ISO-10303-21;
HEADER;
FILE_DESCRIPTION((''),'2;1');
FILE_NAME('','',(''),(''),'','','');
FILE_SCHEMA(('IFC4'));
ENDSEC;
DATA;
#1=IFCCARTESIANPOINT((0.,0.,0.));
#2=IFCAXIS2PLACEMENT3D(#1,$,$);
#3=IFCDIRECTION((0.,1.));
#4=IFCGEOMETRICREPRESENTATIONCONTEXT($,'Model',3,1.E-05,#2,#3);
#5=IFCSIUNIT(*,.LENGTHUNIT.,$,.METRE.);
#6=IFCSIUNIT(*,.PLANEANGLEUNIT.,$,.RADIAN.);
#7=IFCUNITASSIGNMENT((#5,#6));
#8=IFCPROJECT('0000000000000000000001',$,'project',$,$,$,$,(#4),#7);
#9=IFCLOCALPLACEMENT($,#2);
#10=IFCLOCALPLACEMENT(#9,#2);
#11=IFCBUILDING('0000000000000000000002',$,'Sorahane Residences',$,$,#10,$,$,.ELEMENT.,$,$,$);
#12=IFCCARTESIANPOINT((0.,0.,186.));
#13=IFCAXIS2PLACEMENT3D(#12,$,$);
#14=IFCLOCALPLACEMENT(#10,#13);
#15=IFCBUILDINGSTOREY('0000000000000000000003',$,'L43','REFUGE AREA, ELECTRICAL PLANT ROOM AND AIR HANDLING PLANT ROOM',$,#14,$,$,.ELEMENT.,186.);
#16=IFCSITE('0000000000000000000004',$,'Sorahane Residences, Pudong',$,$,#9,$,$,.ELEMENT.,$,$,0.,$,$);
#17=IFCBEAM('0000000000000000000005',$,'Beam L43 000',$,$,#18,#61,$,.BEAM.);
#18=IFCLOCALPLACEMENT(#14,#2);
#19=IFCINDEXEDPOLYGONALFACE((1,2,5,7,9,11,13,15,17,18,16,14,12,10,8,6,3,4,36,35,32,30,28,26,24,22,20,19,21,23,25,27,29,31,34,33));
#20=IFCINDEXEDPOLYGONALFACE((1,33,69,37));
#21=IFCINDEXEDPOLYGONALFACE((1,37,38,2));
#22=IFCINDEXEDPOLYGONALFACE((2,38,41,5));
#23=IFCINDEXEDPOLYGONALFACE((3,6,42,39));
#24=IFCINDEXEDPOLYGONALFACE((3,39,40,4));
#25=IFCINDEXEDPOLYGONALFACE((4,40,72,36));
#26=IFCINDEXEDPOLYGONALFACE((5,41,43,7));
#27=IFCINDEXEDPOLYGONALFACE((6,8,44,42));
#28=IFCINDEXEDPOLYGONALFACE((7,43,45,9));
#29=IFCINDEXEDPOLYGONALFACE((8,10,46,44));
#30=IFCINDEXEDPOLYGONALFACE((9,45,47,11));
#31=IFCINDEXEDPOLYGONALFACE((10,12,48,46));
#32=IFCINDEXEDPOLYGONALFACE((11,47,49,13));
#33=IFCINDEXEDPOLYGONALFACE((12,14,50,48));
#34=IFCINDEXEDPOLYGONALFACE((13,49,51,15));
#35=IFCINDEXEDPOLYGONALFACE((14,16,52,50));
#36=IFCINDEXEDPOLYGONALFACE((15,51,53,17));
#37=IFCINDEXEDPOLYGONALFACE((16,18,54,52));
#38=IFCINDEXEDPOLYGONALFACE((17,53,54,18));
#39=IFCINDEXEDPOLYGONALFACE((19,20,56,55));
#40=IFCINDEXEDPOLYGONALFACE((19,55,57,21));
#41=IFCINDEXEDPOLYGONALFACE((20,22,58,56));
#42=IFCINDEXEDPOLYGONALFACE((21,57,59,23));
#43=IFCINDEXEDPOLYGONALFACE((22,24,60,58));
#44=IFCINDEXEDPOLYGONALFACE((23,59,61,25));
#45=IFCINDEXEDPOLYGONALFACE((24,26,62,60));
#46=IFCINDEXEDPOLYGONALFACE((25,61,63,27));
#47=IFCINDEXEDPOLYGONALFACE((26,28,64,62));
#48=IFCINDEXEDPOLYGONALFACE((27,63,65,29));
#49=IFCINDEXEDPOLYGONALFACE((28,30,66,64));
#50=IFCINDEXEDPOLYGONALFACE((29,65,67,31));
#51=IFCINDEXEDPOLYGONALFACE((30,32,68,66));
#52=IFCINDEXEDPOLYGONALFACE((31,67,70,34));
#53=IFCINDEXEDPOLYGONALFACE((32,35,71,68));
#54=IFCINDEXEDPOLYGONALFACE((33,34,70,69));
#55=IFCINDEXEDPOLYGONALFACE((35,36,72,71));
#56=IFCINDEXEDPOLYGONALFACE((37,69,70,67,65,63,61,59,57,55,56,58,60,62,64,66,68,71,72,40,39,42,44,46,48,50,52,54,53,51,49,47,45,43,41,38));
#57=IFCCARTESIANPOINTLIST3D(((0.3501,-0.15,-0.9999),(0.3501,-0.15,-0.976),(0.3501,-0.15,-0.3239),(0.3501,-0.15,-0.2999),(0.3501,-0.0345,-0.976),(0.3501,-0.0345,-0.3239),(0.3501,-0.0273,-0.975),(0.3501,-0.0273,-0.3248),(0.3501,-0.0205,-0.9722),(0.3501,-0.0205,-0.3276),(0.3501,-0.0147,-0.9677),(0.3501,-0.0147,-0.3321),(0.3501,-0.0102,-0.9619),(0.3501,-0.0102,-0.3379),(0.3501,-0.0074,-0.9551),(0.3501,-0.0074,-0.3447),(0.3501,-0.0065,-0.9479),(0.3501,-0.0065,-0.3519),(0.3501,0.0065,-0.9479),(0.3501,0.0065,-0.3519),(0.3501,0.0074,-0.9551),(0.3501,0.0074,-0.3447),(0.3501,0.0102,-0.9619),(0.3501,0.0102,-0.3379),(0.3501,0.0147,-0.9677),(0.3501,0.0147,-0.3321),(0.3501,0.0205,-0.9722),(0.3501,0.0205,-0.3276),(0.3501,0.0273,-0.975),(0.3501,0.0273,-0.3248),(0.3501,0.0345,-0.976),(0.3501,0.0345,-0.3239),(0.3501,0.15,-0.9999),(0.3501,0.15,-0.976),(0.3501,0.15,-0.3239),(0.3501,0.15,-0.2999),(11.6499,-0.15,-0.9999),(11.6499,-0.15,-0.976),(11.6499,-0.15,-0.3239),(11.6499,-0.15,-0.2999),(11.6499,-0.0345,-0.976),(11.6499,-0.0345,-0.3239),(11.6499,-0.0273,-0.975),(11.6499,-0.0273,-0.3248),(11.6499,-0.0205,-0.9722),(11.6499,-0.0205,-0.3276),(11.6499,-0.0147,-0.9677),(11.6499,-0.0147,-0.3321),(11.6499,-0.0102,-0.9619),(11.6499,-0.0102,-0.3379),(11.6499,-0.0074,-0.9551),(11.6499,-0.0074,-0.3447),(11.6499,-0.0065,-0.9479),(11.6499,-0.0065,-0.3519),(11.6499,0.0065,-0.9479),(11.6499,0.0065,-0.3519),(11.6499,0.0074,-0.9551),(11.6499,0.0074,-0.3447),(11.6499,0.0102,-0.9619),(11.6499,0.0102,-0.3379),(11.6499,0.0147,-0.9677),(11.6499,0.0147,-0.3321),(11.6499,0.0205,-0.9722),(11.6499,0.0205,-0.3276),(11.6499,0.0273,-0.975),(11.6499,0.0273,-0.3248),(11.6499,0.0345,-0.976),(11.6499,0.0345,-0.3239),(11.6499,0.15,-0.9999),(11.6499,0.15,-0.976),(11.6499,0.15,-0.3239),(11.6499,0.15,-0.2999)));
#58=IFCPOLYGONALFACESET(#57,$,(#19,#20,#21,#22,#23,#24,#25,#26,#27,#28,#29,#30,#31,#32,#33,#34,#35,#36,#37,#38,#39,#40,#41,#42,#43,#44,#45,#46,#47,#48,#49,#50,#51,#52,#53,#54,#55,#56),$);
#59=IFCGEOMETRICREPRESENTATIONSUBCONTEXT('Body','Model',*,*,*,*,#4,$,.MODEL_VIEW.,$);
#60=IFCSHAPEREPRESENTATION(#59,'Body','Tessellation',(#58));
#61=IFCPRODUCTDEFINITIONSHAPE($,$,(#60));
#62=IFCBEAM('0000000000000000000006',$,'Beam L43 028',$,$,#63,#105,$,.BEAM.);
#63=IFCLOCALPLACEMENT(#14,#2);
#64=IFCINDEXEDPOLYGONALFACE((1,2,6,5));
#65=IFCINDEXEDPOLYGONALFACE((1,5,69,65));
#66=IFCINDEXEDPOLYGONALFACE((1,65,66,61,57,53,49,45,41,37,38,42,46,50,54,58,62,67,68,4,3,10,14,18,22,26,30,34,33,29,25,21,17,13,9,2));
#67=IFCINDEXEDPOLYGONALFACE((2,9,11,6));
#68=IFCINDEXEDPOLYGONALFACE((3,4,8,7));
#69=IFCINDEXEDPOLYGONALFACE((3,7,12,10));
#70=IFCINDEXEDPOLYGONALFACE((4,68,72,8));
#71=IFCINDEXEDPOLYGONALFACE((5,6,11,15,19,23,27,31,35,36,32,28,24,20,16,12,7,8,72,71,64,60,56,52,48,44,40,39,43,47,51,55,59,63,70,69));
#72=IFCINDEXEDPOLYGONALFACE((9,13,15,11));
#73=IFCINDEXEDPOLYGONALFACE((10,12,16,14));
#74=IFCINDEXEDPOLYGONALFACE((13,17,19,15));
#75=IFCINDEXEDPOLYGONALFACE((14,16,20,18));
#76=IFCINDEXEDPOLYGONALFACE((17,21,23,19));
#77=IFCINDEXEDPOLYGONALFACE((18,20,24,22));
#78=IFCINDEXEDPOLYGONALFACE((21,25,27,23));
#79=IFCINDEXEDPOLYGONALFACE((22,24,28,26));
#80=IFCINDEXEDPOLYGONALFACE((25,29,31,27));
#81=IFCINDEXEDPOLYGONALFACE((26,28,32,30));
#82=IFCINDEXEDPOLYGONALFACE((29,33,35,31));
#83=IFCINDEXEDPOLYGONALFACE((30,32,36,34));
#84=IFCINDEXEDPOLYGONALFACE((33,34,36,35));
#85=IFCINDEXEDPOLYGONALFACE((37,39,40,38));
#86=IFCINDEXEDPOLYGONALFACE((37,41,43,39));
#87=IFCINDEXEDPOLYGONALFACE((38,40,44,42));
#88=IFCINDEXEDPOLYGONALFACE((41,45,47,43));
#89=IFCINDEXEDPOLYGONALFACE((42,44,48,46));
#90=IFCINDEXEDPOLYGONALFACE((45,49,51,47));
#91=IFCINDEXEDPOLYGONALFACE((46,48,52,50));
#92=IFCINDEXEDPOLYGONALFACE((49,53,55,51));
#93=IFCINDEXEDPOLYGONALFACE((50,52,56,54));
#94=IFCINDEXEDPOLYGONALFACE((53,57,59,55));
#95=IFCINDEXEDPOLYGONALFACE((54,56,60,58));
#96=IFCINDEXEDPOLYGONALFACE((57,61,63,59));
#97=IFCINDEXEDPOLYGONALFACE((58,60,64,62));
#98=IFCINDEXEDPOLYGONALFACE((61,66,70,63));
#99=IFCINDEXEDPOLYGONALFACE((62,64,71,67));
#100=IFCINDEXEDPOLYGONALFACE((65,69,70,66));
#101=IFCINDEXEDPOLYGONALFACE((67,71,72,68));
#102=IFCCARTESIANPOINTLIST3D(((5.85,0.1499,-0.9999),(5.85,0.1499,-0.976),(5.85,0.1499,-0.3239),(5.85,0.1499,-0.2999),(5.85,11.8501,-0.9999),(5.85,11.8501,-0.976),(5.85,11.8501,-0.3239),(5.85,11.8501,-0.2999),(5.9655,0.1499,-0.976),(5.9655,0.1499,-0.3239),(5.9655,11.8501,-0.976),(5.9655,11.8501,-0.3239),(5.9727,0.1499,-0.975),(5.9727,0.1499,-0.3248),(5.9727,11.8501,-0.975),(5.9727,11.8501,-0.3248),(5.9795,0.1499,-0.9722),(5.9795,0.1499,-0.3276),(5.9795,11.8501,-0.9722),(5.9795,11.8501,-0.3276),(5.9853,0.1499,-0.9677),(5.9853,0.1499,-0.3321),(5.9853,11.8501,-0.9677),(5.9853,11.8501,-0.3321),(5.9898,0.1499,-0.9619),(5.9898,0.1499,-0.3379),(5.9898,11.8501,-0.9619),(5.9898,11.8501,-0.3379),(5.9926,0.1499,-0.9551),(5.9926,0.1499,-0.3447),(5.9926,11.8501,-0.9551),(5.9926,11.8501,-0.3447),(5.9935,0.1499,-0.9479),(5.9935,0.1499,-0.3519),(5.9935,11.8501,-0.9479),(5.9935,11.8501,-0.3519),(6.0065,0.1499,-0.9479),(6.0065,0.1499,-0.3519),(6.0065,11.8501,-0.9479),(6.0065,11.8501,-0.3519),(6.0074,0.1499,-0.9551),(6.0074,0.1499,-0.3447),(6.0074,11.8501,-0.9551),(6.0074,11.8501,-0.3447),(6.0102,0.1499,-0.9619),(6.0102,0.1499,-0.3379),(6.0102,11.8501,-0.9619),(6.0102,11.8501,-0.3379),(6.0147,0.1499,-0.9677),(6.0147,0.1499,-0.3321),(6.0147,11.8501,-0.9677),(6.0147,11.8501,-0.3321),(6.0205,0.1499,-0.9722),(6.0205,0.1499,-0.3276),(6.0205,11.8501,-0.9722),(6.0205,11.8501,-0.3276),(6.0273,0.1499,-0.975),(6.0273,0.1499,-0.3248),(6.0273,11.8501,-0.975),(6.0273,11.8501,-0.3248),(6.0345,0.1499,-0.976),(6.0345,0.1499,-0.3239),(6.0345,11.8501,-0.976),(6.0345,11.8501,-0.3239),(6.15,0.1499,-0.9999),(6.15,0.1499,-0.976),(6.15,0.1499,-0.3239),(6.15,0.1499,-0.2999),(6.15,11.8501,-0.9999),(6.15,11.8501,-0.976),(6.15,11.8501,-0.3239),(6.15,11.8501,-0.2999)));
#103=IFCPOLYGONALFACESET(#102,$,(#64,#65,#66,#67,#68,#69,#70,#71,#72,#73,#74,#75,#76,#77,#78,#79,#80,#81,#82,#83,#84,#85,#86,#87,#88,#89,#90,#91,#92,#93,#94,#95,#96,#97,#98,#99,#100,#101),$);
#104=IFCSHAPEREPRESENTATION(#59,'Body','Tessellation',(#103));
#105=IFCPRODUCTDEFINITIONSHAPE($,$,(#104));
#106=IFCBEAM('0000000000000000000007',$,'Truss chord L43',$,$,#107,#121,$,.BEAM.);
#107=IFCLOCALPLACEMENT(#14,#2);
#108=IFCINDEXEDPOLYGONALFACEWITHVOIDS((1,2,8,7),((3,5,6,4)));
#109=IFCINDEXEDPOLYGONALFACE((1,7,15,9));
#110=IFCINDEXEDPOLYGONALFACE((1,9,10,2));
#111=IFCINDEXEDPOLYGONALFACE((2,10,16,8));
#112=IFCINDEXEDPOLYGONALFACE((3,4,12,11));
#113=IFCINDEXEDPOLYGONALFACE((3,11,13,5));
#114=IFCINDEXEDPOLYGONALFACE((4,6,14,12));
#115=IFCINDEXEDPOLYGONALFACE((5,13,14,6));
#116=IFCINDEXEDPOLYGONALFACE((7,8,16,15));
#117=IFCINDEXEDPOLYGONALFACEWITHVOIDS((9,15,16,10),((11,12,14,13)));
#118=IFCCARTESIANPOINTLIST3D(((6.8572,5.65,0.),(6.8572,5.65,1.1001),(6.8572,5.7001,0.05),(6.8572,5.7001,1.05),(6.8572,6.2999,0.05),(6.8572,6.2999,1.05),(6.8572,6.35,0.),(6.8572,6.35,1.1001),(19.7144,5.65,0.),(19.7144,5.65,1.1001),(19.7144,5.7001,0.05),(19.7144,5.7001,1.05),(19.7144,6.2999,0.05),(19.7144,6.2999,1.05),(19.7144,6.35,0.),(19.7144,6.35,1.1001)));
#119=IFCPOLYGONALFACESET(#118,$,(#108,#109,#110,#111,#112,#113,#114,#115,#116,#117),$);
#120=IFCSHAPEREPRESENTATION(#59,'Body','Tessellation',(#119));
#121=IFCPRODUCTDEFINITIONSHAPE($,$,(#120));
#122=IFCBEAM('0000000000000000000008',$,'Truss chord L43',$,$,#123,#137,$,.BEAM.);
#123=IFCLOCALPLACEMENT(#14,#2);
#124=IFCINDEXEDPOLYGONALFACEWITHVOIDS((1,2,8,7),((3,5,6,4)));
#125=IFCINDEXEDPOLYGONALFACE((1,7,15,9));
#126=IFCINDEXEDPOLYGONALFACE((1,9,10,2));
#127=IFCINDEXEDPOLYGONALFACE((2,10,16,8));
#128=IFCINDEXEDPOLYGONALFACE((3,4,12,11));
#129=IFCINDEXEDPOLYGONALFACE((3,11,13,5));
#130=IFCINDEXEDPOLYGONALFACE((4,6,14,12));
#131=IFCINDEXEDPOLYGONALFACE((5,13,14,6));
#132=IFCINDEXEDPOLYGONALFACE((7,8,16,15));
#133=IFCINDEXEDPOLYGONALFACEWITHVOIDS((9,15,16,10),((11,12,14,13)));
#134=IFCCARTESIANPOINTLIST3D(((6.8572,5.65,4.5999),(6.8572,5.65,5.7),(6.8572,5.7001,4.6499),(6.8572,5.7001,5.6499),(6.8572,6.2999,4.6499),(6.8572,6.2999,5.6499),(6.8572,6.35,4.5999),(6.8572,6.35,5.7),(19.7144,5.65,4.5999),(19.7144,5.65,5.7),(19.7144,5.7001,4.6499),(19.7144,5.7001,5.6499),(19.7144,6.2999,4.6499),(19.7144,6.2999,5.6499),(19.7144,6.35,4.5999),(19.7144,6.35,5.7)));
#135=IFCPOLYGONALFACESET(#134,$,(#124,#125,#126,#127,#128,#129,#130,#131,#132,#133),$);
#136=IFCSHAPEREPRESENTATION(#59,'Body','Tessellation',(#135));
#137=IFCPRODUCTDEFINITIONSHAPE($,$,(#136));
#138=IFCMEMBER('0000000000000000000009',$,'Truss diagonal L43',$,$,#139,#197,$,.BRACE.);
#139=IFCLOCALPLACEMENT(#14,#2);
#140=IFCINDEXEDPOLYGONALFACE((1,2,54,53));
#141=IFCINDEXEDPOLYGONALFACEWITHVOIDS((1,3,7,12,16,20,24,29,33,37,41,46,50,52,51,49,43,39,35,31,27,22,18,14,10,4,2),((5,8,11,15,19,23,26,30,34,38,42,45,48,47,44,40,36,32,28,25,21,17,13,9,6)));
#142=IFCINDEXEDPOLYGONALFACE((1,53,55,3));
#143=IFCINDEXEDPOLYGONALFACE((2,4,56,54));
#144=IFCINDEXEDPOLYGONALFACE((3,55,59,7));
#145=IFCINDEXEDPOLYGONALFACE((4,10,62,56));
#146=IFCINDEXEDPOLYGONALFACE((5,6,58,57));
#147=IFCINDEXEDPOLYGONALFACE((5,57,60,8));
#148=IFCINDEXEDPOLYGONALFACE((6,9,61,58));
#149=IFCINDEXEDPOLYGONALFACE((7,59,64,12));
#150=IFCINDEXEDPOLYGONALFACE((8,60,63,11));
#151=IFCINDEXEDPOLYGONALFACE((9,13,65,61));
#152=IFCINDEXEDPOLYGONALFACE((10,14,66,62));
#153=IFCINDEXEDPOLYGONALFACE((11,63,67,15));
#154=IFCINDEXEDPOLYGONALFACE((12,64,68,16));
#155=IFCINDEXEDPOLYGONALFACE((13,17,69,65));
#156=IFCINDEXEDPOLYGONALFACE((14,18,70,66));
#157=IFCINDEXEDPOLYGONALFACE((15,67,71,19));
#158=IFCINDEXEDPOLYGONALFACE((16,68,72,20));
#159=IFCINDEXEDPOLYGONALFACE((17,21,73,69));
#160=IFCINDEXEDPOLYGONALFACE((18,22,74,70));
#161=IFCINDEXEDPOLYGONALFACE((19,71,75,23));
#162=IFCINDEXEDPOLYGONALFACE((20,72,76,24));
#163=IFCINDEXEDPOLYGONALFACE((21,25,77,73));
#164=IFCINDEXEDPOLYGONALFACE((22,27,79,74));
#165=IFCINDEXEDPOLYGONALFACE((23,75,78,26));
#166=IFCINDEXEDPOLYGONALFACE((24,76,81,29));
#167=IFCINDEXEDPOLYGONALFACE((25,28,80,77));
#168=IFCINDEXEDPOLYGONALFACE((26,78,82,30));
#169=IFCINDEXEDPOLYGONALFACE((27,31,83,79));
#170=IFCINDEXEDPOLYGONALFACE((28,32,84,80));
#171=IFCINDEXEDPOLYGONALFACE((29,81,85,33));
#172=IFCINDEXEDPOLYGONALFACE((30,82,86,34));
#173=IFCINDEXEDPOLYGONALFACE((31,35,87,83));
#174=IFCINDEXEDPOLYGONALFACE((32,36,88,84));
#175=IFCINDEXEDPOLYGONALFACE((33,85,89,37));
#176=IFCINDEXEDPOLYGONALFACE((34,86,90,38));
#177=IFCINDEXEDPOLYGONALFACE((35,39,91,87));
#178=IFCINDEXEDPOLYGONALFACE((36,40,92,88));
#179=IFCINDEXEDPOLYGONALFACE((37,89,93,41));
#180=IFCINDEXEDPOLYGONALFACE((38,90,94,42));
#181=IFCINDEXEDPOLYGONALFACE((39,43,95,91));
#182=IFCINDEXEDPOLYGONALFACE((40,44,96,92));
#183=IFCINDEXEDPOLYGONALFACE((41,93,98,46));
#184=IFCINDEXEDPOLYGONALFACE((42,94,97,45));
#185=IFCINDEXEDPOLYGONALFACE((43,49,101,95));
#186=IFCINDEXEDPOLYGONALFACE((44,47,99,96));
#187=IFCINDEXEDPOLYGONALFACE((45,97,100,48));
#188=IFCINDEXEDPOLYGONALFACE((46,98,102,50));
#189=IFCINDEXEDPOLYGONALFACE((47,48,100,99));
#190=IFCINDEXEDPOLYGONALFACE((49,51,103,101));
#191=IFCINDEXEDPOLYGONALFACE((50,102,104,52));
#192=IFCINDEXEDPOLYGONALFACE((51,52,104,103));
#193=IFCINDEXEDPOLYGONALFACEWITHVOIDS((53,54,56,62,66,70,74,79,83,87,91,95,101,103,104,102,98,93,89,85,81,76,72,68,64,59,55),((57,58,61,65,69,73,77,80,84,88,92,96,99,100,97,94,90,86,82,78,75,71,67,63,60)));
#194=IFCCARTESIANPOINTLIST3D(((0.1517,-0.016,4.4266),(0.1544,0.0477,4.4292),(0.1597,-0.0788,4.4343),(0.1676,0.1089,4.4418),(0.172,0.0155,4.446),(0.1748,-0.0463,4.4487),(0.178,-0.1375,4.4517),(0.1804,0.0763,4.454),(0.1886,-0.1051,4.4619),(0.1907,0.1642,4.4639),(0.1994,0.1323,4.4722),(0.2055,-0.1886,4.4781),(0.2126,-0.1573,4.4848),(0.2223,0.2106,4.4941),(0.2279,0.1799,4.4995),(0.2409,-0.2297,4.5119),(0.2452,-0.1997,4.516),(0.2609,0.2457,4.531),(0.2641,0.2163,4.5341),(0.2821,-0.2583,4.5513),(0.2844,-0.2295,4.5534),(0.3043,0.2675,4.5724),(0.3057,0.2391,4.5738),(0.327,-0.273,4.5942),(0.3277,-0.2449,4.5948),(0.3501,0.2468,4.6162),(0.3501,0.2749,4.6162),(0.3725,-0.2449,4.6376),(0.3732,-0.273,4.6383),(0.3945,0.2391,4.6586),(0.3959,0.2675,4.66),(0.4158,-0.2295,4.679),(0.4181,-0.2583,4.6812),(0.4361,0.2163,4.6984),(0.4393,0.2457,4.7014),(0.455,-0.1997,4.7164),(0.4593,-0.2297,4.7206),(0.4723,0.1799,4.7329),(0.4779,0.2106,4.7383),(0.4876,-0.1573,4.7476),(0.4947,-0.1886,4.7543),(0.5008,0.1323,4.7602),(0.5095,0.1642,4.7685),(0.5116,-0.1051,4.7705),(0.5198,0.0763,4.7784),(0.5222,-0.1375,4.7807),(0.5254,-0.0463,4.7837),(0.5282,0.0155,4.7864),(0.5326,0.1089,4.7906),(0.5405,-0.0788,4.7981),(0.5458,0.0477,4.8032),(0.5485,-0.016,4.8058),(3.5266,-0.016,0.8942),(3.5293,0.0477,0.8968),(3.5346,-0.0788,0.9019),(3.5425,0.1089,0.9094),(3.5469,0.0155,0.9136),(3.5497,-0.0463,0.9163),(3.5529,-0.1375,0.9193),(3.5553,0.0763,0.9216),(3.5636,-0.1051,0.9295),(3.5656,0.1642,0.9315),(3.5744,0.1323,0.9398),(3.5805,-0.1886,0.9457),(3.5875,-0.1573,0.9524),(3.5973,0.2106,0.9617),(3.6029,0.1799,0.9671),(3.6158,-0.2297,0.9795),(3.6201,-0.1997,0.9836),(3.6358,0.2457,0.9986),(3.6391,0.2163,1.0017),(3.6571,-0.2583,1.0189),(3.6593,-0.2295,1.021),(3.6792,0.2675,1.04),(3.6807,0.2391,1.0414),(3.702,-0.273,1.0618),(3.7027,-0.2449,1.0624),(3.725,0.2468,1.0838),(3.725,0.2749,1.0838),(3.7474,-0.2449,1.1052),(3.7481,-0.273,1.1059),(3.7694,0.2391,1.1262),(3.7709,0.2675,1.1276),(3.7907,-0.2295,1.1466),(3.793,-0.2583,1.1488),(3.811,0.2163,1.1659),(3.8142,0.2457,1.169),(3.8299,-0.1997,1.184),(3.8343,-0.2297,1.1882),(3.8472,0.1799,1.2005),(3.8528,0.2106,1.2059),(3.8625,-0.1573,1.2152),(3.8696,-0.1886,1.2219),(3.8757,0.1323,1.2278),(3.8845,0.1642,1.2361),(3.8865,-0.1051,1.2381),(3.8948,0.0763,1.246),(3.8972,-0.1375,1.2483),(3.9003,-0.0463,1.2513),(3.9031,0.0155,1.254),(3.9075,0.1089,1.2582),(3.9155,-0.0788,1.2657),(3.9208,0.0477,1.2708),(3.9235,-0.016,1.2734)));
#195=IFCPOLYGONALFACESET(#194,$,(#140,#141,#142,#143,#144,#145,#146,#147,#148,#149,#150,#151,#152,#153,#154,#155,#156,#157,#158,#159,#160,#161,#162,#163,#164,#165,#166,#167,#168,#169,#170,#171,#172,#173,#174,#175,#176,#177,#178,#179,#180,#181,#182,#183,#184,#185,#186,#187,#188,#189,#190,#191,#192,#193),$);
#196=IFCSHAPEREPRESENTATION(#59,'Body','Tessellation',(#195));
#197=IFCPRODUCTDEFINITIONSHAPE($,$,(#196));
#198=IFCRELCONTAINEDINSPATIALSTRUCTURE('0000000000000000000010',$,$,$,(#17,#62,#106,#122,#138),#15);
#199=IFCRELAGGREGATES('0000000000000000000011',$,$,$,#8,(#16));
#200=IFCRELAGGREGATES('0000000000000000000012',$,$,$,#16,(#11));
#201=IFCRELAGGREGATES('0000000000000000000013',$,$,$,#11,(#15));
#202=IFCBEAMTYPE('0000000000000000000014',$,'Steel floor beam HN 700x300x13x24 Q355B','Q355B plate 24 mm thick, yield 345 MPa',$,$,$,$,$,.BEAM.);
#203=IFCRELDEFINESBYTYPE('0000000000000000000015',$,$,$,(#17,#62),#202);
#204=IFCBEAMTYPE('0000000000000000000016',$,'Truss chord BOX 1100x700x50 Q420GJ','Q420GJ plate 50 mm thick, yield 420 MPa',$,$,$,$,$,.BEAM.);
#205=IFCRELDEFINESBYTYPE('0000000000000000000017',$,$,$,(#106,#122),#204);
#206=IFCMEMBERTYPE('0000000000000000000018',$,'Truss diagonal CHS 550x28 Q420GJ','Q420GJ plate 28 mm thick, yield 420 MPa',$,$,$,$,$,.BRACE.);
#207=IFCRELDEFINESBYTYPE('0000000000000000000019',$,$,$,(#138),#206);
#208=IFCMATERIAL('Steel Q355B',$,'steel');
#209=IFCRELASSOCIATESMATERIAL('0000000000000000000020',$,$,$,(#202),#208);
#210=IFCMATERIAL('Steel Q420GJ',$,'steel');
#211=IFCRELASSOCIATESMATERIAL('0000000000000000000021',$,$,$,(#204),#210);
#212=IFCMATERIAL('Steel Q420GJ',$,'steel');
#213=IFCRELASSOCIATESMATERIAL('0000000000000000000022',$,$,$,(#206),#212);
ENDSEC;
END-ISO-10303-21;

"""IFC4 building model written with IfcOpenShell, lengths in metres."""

from ifc_helpers import new_model, si_unit, direction, frame, origin, origin_2d, place, context, subcontext, project, spatial, hollow_rectangle, hollow_circle, i_section, extrude, material, material_profile, profile_set, type_object, element, save


model = new_model("IFC4")

# Units and contexts
model_context = context("Model", 3, precision=1e-05, world=origin(), true_north=direction((0.0, 1.0)))
body_context = subcontext(model_context, "Body", "Model", "MODEL_VIEW")
ifc_project = project(units=[si_unit("LENGTHUNIT", "METRE"), si_unit("PLANEANGLEUNIT", "RADIAN")], contexts=[model_context])

# Site, building, storey
site_placement = place(None, origin())
site = spatial("IfcSite", under=ifc_project, at=site_placement, Name="Sorahane Residences, Pudong", CompositionType="ELEMENT", RefElevation=0.0)
building_placement = place(site_placement, origin())
building = spatial("IfcBuilding", under=site, at=building_placement, Name="Sorahane Residences", CompositionType="ELEMENT")
storey_placement = place(building_placement, frame((0.0, 0.0, 186.0)))
storey = spatial("IfcBuildingStorey", under=building, at=storey_placement, Name="L43", Description="REFUGE AREA, ELECTRICAL PLANT ROOM AND AIR HANDLING PLANT ROOM", CompositionType="ELEMENT", Elevation=186.0)

# Beams
ifc_material_1 = material(Name="Steel Q355B", Category="steel")
ifc_material_profile_1 = material_profile(ifc_material_1, i_section(OverallWidth=0.3, OverallDepth=0.7, WebThickness=0.0129, FlangeThickness=0.0239, FilletRadius=0.0281, at=origin_2d()), Name="HN 700x300x13x24")
ifc_profile_set_1 = profile_set([ifc_material_profile_1], Name="Steel Q355B")
beam_type_1 = type_object("IfcBeamType", Name="Steel floor beam HN 700x300x13x24 Q355B", Description="Q355B plate 24 mm thick, yield 345 MPa", PredefinedType="BEAM", material=ifc_profile_set_1)
beam_1_placement = place(storey_placement, frame((0.3501, 0.0, -0.6499), z_axis=(1.0, 0.0, 0.0), x_axis=(0.0, 1.0, 0.0)))
element("IfcBeam", 1, at=beam_1_placement, inside=storey, type_object=beam_type_1, Name="Beam L43 000", PredefinedType="BEAM", context=body_context, shape_type="SweptSolid", body=[
    extrude(i_section(OverallWidth=0.3, OverallDepth=0.7, WebThickness=0.0129, FlangeThickness=0.0239, FilletRadius=0.0281, at=origin_2d()), origin(), (0.0, 0.0, 1.0), 11.2998),
])
beam_2_placement = place(storey_placement, frame((6.0, 0.1499, -0.6499), z_axis=(0.0, 1.0, 0.0), x_axis=(-1.0, 0.0, 0.0)))
element("IfcBeam", 2, at=beam_2_placement, inside=storey, type_object=beam_type_1, Name="Beam L43 028", PredefinedType="BEAM", context=body_context, shape_type="SweptSolid", body=[
    extrude(i_section(OverallWidth=0.3, OverallDepth=0.7, WebThickness=0.0129, FlangeThickness=0.0239, FilletRadius=0.0281, at=origin_2d()), origin(), (0.0, 0.0, 1.0), 11.7002),
])
ifc_material_2 = material(Name="Steel Q420GJ", Category="steel")
ifc_material_profile_2 = material_profile(ifc_material_2, hollow_rectangle(XDim=0.7, YDim=1.1001, WallThickness=0.05, at=origin_2d()), Name="BOX 1100x700x50")
ifc_profile_set_2 = profile_set([ifc_material_profile_2], Name="Steel Q420GJ")
beam_type_2 = type_object("IfcBeamType", Name="Truss chord BOX 1100x700x50 Q420GJ", Description="Q420GJ plate 50 mm thick, yield 420 MPa", PredefinedType="BEAM", material=ifc_profile_set_2)
for number, where, z_axis, x_axis, name in (
    (3, (6.8572, 6.0, 0.55), (1.0, 0.0, 0.0), (0.0, 1.0, 0.0), "Truss chord L43"),
    (4, (6.8572, 6.0, 5.1499), (1.0, 0.0, 0.0), (0.0, 1.0, 0.0), "Truss chord L43"),
):
    element("IfcBeam", number, at=place(storey_placement, frame(where, z_axis=z_axis, x_axis=x_axis)), inside=storey, type_object=beam_type_2, Name=name, PredefinedType="BEAM", context=body_context, shape_type="SweptSolid", body=[
        extrude(hollow_rectangle(XDim=0.7, YDim=1.1001, WallThickness=0.05, at=origin_2d()), origin(), (0.0, 0.0, 1.0), 12.8572),
    ])

# Member
ifc_material_3 = material(Name="Steel Q420GJ", Category="steel")
ifc_material_profile_3 = material_profile(ifc_material_3, hollow_circle(Radius=0.2749, WallThickness=0.0281, at=origin_2d()), Name="CHS 550x28")
ifc_profile_set_3 = profile_set([ifc_material_profile_3], Name="Steel Q420GJ")
member_type = type_object("IfcMemberType", Name="Truss diagonal CHS 550x28 Q420GJ", Description="Q420GJ plate 28 mm thick, yield 420 MPa", PredefinedType="BRACE", material=ifc_profile_set_3)
member_1_placement = place(storey_placement, frame((0.3501, 0.0, 4.6162), z_axis=(0.690807, 0.0, -0.723039), x_axis=(0.0, 1.0, 0.0)))
element("IfcMember", 5, at=member_1_placement, inside=storey, type_object=member_type, Name="Truss diagonal L43", PredefinedType="BRACE", context=body_context, shape_type="SweptSolid", body=[
    extrude(hollow_circle(Radius=0.2749, WallThickness=0.0281, at=origin_2d()), origin(), (0.0, 0.0, 1.0), 4.8855),
])

save(model, "model.ifc")
